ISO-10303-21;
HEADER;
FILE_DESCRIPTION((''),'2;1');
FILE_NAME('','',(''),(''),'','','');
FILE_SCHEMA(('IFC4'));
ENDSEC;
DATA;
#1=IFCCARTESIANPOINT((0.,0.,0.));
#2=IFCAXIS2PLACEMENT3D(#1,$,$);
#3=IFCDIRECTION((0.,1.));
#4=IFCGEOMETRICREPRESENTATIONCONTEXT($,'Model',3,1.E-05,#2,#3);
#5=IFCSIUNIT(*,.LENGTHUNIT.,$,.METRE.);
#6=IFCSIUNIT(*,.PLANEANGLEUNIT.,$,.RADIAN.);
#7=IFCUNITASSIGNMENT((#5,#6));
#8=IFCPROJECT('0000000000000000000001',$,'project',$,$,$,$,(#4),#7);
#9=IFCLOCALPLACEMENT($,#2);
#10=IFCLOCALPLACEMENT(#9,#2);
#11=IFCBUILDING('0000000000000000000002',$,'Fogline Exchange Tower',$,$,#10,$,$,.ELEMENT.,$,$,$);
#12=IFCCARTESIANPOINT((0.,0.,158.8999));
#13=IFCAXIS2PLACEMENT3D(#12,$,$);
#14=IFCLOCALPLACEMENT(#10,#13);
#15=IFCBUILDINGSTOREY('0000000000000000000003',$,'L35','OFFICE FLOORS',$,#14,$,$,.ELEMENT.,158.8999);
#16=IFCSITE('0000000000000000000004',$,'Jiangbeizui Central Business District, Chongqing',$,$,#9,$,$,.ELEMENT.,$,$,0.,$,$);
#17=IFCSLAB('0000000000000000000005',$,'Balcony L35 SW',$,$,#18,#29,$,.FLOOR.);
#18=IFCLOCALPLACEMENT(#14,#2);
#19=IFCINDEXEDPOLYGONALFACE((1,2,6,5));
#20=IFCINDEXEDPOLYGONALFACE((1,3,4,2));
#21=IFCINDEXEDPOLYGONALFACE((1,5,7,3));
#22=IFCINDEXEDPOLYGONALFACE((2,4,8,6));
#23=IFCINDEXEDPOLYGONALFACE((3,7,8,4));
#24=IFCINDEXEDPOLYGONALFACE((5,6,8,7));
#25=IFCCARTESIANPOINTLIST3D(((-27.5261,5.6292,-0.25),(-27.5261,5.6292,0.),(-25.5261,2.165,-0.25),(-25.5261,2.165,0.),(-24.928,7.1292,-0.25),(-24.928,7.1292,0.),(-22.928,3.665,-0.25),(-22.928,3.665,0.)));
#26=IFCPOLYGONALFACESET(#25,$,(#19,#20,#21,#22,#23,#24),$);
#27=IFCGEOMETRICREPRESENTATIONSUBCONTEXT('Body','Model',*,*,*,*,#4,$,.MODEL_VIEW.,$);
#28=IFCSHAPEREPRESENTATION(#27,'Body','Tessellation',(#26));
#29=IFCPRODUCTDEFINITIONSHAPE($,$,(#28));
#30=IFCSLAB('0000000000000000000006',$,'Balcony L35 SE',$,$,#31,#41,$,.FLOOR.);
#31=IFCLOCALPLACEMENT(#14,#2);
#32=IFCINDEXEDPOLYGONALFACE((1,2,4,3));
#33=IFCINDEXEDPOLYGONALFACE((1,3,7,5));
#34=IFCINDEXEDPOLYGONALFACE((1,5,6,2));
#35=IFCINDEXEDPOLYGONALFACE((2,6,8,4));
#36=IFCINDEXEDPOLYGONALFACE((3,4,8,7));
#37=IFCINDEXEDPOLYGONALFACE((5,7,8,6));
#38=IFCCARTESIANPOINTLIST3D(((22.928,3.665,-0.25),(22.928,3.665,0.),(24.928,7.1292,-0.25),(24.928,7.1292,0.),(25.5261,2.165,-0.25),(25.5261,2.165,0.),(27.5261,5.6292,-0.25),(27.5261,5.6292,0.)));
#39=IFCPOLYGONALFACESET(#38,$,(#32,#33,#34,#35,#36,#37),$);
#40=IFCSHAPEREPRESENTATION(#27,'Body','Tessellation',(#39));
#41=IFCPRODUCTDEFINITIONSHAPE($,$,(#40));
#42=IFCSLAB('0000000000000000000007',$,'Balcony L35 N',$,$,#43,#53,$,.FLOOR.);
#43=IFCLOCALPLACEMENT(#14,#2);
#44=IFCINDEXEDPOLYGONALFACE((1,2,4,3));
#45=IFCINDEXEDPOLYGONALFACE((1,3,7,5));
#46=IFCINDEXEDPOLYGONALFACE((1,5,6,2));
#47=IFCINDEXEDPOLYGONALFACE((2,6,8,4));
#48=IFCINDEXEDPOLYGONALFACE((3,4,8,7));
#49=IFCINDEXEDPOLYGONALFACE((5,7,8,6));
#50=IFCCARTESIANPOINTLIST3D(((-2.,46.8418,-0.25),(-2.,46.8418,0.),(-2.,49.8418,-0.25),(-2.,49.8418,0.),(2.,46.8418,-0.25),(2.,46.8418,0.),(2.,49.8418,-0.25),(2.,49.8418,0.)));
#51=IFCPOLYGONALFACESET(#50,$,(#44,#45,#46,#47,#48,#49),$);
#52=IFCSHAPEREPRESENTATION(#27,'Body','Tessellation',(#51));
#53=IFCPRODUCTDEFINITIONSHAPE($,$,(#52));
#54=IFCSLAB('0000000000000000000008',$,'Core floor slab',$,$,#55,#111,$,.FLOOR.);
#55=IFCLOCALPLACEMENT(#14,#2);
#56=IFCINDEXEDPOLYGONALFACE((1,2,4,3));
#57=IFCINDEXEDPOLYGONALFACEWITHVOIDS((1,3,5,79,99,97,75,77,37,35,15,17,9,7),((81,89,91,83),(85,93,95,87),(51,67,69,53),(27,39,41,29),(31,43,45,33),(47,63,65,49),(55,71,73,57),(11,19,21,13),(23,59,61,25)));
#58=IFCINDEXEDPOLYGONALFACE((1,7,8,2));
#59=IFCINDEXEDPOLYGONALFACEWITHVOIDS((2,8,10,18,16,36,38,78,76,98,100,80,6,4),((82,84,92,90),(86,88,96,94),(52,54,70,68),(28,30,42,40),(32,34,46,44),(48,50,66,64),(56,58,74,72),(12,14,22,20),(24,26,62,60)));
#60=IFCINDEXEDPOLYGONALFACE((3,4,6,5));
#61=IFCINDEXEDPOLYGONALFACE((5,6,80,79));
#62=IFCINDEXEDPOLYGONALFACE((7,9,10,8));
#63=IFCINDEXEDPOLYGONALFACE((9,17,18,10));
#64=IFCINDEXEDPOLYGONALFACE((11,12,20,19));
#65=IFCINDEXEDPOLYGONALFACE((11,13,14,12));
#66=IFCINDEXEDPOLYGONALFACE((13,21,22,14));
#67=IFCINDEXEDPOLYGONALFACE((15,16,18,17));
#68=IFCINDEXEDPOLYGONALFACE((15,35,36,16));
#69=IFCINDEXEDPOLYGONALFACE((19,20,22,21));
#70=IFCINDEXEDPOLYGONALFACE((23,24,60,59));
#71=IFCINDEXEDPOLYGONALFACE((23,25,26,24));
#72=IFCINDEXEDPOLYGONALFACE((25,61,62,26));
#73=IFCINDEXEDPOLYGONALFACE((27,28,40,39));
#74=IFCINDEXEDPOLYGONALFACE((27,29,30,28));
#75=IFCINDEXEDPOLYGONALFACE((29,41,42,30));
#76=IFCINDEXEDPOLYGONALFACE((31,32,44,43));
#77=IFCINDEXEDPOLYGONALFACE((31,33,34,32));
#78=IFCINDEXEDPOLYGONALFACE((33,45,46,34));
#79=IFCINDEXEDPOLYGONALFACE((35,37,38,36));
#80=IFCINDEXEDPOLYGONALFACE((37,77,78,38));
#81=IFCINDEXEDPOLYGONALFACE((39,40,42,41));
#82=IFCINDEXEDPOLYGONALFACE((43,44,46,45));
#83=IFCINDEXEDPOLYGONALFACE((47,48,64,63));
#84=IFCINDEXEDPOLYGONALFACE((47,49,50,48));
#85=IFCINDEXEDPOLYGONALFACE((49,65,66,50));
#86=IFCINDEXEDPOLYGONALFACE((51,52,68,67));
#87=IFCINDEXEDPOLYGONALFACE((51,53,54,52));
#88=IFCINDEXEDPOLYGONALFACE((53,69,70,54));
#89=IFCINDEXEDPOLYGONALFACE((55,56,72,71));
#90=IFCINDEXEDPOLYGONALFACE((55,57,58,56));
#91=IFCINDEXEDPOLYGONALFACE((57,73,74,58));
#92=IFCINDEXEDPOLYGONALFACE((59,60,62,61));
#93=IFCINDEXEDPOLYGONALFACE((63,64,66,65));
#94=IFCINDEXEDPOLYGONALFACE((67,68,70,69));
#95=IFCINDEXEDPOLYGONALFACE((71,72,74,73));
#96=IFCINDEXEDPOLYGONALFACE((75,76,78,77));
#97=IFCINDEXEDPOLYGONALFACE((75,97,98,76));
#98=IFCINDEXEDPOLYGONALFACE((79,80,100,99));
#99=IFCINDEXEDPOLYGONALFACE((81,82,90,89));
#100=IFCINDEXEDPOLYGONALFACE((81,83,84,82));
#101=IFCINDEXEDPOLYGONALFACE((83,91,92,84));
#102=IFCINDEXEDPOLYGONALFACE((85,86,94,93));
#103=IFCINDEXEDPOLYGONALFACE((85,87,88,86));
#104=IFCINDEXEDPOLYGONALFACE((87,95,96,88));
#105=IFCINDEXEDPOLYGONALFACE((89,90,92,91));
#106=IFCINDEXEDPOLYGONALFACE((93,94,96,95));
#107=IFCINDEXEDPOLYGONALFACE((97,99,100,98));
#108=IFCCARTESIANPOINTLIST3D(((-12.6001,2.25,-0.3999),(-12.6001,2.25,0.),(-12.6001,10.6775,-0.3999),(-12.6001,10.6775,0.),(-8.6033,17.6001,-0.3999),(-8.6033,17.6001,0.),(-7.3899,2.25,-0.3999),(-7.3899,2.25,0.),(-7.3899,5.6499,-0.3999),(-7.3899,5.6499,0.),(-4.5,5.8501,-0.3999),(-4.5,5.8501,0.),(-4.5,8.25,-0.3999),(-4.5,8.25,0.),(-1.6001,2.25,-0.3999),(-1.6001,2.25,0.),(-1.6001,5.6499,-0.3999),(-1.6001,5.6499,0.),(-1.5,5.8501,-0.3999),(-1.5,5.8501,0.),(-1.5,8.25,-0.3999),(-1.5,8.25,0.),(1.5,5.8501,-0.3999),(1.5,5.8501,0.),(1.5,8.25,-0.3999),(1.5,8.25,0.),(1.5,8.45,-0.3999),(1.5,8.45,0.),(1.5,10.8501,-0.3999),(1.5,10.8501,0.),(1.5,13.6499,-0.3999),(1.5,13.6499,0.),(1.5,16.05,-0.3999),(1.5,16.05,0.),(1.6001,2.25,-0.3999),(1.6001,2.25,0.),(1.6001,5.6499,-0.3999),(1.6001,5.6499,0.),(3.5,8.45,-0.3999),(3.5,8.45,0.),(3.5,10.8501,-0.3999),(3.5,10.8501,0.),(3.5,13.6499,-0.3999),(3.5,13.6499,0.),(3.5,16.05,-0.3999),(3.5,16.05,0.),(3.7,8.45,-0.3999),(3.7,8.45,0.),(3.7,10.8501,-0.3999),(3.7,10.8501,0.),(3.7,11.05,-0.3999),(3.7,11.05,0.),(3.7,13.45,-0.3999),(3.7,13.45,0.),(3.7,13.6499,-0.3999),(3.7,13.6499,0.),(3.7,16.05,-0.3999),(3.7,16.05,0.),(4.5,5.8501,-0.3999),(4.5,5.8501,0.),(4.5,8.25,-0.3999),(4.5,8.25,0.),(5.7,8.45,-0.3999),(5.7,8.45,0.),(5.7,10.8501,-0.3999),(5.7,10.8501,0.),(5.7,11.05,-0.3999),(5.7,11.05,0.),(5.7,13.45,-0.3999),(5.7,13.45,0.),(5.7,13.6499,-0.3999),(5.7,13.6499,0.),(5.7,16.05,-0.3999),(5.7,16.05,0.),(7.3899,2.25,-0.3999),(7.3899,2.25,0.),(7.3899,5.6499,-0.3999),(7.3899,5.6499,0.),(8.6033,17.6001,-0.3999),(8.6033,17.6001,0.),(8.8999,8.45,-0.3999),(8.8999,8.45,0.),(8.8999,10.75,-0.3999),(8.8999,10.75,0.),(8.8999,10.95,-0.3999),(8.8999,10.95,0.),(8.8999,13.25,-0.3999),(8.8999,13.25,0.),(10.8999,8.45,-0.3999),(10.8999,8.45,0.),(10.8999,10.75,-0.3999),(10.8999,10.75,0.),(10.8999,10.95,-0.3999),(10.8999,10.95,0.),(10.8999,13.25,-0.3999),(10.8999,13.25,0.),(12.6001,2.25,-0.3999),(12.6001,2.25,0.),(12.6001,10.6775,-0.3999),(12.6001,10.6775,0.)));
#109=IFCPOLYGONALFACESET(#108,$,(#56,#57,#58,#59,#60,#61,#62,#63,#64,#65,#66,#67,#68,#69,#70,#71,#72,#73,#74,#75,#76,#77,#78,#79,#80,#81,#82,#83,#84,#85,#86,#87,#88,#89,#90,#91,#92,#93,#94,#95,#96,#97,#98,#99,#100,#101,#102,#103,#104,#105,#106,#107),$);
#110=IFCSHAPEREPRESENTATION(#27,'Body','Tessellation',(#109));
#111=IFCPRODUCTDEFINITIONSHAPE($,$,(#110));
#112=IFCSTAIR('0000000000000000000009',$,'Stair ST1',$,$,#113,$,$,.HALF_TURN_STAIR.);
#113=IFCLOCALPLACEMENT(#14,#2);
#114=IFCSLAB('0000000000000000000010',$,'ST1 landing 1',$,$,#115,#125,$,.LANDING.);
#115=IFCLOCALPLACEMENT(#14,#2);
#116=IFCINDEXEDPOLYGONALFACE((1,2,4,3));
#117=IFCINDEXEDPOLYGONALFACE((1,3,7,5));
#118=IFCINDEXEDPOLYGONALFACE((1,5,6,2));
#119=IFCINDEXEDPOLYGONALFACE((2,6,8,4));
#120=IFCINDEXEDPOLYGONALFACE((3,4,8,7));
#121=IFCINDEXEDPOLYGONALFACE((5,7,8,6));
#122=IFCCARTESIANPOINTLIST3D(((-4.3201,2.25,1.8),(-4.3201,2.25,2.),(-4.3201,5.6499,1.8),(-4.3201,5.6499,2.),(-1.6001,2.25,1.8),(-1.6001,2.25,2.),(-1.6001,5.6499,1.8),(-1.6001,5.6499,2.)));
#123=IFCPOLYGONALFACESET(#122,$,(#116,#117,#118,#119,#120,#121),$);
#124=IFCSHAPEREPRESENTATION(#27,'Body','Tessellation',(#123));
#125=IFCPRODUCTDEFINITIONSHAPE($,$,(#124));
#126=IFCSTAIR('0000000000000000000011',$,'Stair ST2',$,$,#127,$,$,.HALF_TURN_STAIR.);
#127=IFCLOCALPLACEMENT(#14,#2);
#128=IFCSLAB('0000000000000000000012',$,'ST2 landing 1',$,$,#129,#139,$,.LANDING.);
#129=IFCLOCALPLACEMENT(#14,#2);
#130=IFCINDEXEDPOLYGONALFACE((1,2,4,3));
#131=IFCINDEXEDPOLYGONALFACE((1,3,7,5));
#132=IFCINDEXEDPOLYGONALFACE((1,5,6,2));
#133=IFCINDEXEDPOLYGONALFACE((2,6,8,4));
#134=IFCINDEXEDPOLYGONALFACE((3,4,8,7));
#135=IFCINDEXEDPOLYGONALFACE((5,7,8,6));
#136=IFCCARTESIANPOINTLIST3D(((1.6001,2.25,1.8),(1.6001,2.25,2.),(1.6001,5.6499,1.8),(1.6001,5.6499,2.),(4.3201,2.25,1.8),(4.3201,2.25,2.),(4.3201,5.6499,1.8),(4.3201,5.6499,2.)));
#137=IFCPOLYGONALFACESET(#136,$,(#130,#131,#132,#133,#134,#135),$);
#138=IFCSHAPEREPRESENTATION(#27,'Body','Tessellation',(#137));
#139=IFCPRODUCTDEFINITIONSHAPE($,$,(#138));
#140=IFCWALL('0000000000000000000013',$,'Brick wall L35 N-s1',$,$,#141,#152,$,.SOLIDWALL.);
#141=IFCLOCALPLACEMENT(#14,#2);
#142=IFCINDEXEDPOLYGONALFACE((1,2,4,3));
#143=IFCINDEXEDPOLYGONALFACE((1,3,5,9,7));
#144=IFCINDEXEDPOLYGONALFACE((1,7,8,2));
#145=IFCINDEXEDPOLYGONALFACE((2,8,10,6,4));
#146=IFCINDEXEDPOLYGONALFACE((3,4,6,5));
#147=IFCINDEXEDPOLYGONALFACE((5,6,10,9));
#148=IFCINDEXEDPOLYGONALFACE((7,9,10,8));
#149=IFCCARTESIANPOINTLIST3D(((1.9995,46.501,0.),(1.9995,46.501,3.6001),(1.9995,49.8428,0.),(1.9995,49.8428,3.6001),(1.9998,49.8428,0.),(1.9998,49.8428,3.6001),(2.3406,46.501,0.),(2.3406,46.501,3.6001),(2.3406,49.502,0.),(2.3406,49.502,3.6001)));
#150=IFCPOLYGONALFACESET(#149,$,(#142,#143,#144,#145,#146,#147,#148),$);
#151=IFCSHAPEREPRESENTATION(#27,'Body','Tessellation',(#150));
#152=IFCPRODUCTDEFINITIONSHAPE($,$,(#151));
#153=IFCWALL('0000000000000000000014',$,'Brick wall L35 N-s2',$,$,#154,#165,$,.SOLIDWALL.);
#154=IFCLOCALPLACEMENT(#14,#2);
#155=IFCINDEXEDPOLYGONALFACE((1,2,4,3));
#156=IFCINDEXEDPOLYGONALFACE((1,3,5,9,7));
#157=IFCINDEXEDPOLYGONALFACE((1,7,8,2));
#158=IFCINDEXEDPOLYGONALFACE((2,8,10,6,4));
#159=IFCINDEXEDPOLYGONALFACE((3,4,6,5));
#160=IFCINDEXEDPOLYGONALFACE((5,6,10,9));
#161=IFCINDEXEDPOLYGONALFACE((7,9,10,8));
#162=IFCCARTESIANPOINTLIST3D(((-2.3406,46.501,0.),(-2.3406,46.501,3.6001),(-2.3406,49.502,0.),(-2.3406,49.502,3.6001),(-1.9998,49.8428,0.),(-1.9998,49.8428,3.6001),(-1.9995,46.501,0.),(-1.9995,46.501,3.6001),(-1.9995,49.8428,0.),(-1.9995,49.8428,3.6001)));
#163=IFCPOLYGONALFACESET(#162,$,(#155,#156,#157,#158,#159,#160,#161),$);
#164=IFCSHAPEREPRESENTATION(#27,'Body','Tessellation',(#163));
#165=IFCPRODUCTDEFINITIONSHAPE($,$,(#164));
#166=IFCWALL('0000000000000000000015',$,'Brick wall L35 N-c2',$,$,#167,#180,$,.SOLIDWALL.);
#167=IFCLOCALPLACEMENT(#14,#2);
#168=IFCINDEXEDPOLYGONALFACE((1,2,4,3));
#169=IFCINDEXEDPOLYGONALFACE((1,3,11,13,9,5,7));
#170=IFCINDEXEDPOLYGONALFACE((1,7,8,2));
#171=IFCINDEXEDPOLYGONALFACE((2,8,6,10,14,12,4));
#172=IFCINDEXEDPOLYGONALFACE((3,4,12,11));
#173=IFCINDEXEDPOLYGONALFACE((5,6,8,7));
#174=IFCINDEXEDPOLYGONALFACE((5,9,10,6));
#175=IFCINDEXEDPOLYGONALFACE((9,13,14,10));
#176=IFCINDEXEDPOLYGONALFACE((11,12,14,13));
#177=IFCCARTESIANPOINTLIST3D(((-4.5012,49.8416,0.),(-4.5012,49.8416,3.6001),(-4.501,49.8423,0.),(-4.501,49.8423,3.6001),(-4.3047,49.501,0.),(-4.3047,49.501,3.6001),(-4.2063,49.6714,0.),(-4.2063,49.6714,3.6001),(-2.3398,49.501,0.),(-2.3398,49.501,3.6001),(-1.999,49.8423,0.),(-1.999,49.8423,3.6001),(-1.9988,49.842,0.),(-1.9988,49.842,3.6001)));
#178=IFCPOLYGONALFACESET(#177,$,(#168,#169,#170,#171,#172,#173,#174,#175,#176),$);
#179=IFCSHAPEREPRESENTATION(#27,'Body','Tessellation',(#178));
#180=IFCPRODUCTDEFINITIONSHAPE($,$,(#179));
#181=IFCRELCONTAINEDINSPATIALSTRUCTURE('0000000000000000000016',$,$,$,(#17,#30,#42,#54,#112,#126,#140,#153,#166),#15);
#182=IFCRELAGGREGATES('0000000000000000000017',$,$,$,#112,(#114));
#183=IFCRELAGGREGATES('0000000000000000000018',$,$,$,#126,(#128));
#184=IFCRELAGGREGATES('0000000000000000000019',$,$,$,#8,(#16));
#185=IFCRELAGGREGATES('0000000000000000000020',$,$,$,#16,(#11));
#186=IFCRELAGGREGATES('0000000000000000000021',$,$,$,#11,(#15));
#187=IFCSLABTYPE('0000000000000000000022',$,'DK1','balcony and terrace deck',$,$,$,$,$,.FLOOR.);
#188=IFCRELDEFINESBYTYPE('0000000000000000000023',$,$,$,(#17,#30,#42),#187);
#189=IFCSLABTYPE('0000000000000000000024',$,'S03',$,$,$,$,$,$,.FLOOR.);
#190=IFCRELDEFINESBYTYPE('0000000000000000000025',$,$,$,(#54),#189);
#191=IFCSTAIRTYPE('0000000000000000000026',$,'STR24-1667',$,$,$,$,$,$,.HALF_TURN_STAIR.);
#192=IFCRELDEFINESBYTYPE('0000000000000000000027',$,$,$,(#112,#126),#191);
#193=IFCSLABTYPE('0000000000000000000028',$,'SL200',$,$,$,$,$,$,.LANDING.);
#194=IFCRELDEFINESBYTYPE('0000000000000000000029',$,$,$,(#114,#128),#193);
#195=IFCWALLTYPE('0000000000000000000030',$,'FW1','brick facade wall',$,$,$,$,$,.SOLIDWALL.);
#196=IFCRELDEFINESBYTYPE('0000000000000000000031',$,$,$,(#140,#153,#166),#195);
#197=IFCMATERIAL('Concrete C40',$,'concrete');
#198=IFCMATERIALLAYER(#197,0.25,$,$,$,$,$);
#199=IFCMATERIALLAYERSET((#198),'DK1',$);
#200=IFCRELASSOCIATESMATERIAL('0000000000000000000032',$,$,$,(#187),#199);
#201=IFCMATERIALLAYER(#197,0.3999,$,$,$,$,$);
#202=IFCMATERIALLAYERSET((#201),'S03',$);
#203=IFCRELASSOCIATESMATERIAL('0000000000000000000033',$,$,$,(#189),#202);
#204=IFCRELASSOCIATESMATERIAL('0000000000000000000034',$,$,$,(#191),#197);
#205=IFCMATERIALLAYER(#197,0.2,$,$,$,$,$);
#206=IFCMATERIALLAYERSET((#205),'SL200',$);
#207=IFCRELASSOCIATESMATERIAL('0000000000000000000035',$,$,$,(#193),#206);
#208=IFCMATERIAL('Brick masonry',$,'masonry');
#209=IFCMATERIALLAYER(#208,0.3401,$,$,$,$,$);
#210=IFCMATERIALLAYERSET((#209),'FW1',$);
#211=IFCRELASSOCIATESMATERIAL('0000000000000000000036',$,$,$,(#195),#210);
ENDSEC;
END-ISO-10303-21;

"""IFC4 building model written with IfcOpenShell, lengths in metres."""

from ifc_helpers import new_model, si_unit, direction, frame, origin, place, context, subcontext, project, spatial, polyline, outline, extrude, material, layer, layer_set, type_object, element, aggregate, save


model = new_model("IFC4")

# Units and contexts
model_context = context("Model", 3, precision=1e-05, world=origin(), true_north=direction((0.0, 1.0)))
body_context = subcontext(model_context, "Body", "Model", "MODEL_VIEW")
ifc_project = project(units=[si_unit("LENGTHUNIT", "METRE"), si_unit("PLANEANGLEUNIT", "RADIAN")], contexts=[model_context])

# Site, building, storey
site_placement = place(None, origin())
site = spatial("IfcSite", under=ifc_project, at=site_placement, Name="Jiangbeizui Central Business District, Chongqing", CompositionType="ELEMENT", RefElevation=0.0)
building_placement = place(site_placement, origin())
building = spatial("IfcBuilding", under=site, at=building_placement, Name="Fogline Exchange Tower", CompositionType="ELEMENT")
storey_placement = place(building_placement, frame((0.0, 0.0, 158.8999)))
storey = spatial("IfcBuildingStorey", under=building, at=storey_placement, Name="L35", Description="OFFICE FLOORS", CompositionType="ELEMENT", Elevation=158.8999)

# Slabs
ifc_material_1 = material(Name="Concrete C40", Category="concrete")
ifc_layer_1 = layer(ifc_material_1, 0.25)
ifc_layer_set_1 = layer_set([ifc_layer_1], Name="DK1")
slab_type_1 = type_object("IfcSlabType", Name="DK1", Description="balcony and terrace deck", PredefinedType="FLOOR", material=ifc_layer_set_1)
slab_1_placement = place(storey_placement, frame((0.0, 0.0, -0.25)))
element("IfcSlab", 1, at=slab_1_placement, inside=storey, type_object=slab_type_1, Name="Balcony L35 SW", PredefinedType="FLOOR", context=body_context, shape_type="SweptSolid", body=[
    extrude(outline(polyline([(-27.5261, 5.6292), (-25.5261, 2.165), (-22.928, 3.665), (-24.928, 7.1292), (-27.5261, 5.6292)])), origin(), (0.0, 0.0, 1.0), 0.25),
])
slab_2_placement = place(storey_placement, frame((0.0, 0.0, -0.25)))
element("IfcSlab", 2, at=slab_2_placement, inside=storey, type_object=slab_type_1, Name="Balcony L35 SE", PredefinedType="FLOOR", context=body_context, shape_type="SweptSolid", body=[
    extrude(outline(polyline([(25.5261, 2.165), (27.5261, 5.6292), (24.928, 7.1292), (22.928, 3.665), (25.5261, 2.165)])), origin(), (0.0, 0.0, 1.0), 0.25),
])
slab_3_placement = place(storey_placement, frame((0.0, 0.0, -0.25)))
element("IfcSlab", 3, at=slab_3_placement, inside=storey, type_object=slab_type_1, Name="Balcony L35 N", PredefinedType="FLOOR", context=body_context, shape_type="SweptSolid", body=[
    extrude(outline(polyline([(2.0, 49.8418), (-2.0, 49.8418), (-2.0, 46.8418), (2.0, 46.8418), (2.0, 49.8418)])), origin(), (0.0, 0.0, 1.0), 0.25),
])
ifc_layer_2 = layer(ifc_material_1, 0.3999)
ifc_layer_set_2 = layer_set([ifc_layer_2], Name="S03")
slab_type_2 = type_object("IfcSlabType", Name="S03", PredefinedType="FLOOR", material=ifc_layer_set_2)
slab_4_placement = place(storey_placement, frame((0.0, 0.0, -0.3999)))
element("IfcSlab", 4, at=slab_4_placement, inside=storey, type_object=slab_type_2, Name="Core floor slab", PredefinedType="FLOOR", context=body_context, shape_type="SweptSolid", body=[
    extrude(outline(polyline([(-12.6001, 2.25), (-12.6001, 10.6775), (-8.6033, 17.6001), (8.6033, 17.6001), (12.6001, 10.6775), (12.6001, 2.25), (7.3899, 2.25), (7.3899, 5.6499), (1.6001, 5.6499), (1.6001, 2.25), (-1.6001, 2.25), (-1.6001, 5.6499), (-7.3899, 5.6499), (-7.3899, 2.25), (-12.6001, 2.25)]), holes=[polyline([(-4.5, 8.25), (-4.5, 5.8501), (-1.5, 5.8501), (-1.5, 8.25), (-4.5, 8.25)]), polyline([(4.5, 8.25), (1.5, 8.25), (1.5, 5.8501), (4.5, 5.8501), (4.5, 8.25)]), polyline([(3.5, 10.8501), (1.5, 10.8501), (1.5, 8.45), (3.5, 8.45), (3.5, 10.8501)]), polyline([(1.5, 16.05), (1.5, 13.6499), (3.5, 13.6499), (3.5, 16.05), (1.5, 16.05)]), polyline([(10.8999, 10.75), (8.8999, 10.75), (8.8999, 8.45), (10.8999, 8.45), (10.8999, 10.75)]), polyline([(5.7, 10.8501), (3.7, 10.8501), (3.7, 8.45), (5.7, 8.45), (5.7, 10.8501)]), polyline([(8.8999, 13.25), (8.8999, 10.95), (10.8999, 10.95), (10.8999, 13.25), (8.8999, 13.25)]), polyline([(5.7, 13.45), (3.7, 13.45), (3.7, 11.05), (5.7, 11.05), (5.7, 13.45)]), polyline([(5.7, 16.05), (3.7, 16.05), (3.7, 13.6499), (5.7, 13.6499), (5.7, 16.05)])]), origin(), (0.0, 0.0, 1.0), 0.3999),
])

# Stairs, slabs
stair_type = type_object("IfcStairType", Name="STR24-1667", PredefinedType="HALF_TURN_STAIR", material=ifc_material_1)
stair_1_placement = place(storey_placement, origin())
stair_1 = element("IfcStair", 5, at=stair_1_placement, inside=storey, type_object=stair_type, Name="Stair ST1", PredefinedType="HALF_TURN_STAIR")
ifc_layer_3 = layer(ifc_material_1, 0.2)
ifc_layer_set_3 = layer_set([ifc_layer_3], Name="SL200")
slab_type_3 = type_object("IfcSlabType", Name="SL200", PredefinedType="LANDING", material=ifc_layer_set_3)
slab_5_placement = place(storey_placement, frame((0.0, 0.0, 1.8)))
slab_5 = element("IfcSlab", 6, at=slab_5_placement, type_object=slab_type_3, Name="ST1 landing 1", PredefinedType="LANDING", context=body_context, shape_type="SweptSolid", body=[
    extrude(outline(polyline([(-4.3201, 2.25), (-1.6001, 2.25), (-1.6001, 5.6499), (-4.3201, 5.6499), (-4.3201, 2.25)])), origin(), (0.0, 0.0, 1.0), 0.2),
])
aggregate(stair_1, [slab_5])
stair_2_placement = place(storey_placement, origin())
stair_2 = element("IfcStair", 7, at=stair_2_placement, inside=storey, type_object=stair_type, Name="Stair ST2", PredefinedType="HALF_TURN_STAIR")
slab_6_placement = place(storey_placement, frame((0.0, 0.0, 1.8)))
slab_6 = element("IfcSlab", 8, at=slab_6_placement, type_object=slab_type_3, Name="ST2 landing 1", PredefinedType="LANDING", context=body_context, shape_type="SweptSolid", body=[
    extrude(outline(polyline([(1.6001, 2.25), (4.3201, 2.25), (4.3201, 5.6499), (1.6001, 5.6499), (1.6001, 2.25)])), origin(), (0.0, 0.0, 1.0), 0.2),
])
aggregate(stair_2, [slab_6])

# Walls
ifc_material_2 = material(Name="Brick masonry", Category="masonry")
ifc_layer_4 = layer(ifc_material_2, 0.3401)
ifc_layer_set_4 = layer_set([ifc_layer_4], Name="FW1")
wall_type_1 = type_object("IfcWallType", Name="FW1", Description="brick facade wall", PredefinedType="SOLIDWALL", material=ifc_layer_set_4)
wall_1_placement = place(storey_placement, origin())
element("IfcWall", 9, at=wall_1_placement, inside=storey, type_object=wall_type_1, Name="Brick wall L35 N-s1", PredefinedType="SOLIDWALL", context=body_context, shape_type="SweptSolid", body=[
    extrude(outline(polyline([(2.3406, 46.501), (1.9995, 46.501), (1.9995, 49.8428), (1.9998, 49.8428), (2.3406, 49.502), (2.3406, 46.501)])), origin(), (0.0, 0.0, 1.0), 3.6001),
])
wall_2_placement = place(storey_placement, origin())
element("IfcWall", 10, at=wall_2_placement, inside=storey, type_object=wall_type_1, Name="Brick wall L35 N-s2", PredefinedType="SOLIDWALL", context=body_context, shape_type="SweptSolid", body=[
    extrude(outline(polyline([(-1.9995, 49.8428), (-1.9995, 46.501), (-2.3406, 46.501), (-2.3406, 49.502), (-1.9998, 49.8428), (-1.9995, 49.8428)])), origin(), (0.0, 0.0, 1.0), 3.6001),
])
wall_3_placement = place(storey_placement, origin())
element("IfcWall", 11, at=wall_3_placement, inside=storey, type_object=wall_type_1, Name="Brick wall L35 N-c2", PredefinedType="SOLIDWALL", context=body_context, shape_type="SweptSolid", body=[
    extrude(outline(polyline([(-4.3047, 49.501), (-4.2063, 49.6714), (-4.5012, 49.8416), (-4.501, 49.8423), (-1.999, 49.8423), (-1.9988, 49.842), (-2.3398, 49.501), (-4.3047, 49.501)])), origin(), (0.0, 0.0, 1.0), 3.6001),
])

save(model, "model.ifc")
